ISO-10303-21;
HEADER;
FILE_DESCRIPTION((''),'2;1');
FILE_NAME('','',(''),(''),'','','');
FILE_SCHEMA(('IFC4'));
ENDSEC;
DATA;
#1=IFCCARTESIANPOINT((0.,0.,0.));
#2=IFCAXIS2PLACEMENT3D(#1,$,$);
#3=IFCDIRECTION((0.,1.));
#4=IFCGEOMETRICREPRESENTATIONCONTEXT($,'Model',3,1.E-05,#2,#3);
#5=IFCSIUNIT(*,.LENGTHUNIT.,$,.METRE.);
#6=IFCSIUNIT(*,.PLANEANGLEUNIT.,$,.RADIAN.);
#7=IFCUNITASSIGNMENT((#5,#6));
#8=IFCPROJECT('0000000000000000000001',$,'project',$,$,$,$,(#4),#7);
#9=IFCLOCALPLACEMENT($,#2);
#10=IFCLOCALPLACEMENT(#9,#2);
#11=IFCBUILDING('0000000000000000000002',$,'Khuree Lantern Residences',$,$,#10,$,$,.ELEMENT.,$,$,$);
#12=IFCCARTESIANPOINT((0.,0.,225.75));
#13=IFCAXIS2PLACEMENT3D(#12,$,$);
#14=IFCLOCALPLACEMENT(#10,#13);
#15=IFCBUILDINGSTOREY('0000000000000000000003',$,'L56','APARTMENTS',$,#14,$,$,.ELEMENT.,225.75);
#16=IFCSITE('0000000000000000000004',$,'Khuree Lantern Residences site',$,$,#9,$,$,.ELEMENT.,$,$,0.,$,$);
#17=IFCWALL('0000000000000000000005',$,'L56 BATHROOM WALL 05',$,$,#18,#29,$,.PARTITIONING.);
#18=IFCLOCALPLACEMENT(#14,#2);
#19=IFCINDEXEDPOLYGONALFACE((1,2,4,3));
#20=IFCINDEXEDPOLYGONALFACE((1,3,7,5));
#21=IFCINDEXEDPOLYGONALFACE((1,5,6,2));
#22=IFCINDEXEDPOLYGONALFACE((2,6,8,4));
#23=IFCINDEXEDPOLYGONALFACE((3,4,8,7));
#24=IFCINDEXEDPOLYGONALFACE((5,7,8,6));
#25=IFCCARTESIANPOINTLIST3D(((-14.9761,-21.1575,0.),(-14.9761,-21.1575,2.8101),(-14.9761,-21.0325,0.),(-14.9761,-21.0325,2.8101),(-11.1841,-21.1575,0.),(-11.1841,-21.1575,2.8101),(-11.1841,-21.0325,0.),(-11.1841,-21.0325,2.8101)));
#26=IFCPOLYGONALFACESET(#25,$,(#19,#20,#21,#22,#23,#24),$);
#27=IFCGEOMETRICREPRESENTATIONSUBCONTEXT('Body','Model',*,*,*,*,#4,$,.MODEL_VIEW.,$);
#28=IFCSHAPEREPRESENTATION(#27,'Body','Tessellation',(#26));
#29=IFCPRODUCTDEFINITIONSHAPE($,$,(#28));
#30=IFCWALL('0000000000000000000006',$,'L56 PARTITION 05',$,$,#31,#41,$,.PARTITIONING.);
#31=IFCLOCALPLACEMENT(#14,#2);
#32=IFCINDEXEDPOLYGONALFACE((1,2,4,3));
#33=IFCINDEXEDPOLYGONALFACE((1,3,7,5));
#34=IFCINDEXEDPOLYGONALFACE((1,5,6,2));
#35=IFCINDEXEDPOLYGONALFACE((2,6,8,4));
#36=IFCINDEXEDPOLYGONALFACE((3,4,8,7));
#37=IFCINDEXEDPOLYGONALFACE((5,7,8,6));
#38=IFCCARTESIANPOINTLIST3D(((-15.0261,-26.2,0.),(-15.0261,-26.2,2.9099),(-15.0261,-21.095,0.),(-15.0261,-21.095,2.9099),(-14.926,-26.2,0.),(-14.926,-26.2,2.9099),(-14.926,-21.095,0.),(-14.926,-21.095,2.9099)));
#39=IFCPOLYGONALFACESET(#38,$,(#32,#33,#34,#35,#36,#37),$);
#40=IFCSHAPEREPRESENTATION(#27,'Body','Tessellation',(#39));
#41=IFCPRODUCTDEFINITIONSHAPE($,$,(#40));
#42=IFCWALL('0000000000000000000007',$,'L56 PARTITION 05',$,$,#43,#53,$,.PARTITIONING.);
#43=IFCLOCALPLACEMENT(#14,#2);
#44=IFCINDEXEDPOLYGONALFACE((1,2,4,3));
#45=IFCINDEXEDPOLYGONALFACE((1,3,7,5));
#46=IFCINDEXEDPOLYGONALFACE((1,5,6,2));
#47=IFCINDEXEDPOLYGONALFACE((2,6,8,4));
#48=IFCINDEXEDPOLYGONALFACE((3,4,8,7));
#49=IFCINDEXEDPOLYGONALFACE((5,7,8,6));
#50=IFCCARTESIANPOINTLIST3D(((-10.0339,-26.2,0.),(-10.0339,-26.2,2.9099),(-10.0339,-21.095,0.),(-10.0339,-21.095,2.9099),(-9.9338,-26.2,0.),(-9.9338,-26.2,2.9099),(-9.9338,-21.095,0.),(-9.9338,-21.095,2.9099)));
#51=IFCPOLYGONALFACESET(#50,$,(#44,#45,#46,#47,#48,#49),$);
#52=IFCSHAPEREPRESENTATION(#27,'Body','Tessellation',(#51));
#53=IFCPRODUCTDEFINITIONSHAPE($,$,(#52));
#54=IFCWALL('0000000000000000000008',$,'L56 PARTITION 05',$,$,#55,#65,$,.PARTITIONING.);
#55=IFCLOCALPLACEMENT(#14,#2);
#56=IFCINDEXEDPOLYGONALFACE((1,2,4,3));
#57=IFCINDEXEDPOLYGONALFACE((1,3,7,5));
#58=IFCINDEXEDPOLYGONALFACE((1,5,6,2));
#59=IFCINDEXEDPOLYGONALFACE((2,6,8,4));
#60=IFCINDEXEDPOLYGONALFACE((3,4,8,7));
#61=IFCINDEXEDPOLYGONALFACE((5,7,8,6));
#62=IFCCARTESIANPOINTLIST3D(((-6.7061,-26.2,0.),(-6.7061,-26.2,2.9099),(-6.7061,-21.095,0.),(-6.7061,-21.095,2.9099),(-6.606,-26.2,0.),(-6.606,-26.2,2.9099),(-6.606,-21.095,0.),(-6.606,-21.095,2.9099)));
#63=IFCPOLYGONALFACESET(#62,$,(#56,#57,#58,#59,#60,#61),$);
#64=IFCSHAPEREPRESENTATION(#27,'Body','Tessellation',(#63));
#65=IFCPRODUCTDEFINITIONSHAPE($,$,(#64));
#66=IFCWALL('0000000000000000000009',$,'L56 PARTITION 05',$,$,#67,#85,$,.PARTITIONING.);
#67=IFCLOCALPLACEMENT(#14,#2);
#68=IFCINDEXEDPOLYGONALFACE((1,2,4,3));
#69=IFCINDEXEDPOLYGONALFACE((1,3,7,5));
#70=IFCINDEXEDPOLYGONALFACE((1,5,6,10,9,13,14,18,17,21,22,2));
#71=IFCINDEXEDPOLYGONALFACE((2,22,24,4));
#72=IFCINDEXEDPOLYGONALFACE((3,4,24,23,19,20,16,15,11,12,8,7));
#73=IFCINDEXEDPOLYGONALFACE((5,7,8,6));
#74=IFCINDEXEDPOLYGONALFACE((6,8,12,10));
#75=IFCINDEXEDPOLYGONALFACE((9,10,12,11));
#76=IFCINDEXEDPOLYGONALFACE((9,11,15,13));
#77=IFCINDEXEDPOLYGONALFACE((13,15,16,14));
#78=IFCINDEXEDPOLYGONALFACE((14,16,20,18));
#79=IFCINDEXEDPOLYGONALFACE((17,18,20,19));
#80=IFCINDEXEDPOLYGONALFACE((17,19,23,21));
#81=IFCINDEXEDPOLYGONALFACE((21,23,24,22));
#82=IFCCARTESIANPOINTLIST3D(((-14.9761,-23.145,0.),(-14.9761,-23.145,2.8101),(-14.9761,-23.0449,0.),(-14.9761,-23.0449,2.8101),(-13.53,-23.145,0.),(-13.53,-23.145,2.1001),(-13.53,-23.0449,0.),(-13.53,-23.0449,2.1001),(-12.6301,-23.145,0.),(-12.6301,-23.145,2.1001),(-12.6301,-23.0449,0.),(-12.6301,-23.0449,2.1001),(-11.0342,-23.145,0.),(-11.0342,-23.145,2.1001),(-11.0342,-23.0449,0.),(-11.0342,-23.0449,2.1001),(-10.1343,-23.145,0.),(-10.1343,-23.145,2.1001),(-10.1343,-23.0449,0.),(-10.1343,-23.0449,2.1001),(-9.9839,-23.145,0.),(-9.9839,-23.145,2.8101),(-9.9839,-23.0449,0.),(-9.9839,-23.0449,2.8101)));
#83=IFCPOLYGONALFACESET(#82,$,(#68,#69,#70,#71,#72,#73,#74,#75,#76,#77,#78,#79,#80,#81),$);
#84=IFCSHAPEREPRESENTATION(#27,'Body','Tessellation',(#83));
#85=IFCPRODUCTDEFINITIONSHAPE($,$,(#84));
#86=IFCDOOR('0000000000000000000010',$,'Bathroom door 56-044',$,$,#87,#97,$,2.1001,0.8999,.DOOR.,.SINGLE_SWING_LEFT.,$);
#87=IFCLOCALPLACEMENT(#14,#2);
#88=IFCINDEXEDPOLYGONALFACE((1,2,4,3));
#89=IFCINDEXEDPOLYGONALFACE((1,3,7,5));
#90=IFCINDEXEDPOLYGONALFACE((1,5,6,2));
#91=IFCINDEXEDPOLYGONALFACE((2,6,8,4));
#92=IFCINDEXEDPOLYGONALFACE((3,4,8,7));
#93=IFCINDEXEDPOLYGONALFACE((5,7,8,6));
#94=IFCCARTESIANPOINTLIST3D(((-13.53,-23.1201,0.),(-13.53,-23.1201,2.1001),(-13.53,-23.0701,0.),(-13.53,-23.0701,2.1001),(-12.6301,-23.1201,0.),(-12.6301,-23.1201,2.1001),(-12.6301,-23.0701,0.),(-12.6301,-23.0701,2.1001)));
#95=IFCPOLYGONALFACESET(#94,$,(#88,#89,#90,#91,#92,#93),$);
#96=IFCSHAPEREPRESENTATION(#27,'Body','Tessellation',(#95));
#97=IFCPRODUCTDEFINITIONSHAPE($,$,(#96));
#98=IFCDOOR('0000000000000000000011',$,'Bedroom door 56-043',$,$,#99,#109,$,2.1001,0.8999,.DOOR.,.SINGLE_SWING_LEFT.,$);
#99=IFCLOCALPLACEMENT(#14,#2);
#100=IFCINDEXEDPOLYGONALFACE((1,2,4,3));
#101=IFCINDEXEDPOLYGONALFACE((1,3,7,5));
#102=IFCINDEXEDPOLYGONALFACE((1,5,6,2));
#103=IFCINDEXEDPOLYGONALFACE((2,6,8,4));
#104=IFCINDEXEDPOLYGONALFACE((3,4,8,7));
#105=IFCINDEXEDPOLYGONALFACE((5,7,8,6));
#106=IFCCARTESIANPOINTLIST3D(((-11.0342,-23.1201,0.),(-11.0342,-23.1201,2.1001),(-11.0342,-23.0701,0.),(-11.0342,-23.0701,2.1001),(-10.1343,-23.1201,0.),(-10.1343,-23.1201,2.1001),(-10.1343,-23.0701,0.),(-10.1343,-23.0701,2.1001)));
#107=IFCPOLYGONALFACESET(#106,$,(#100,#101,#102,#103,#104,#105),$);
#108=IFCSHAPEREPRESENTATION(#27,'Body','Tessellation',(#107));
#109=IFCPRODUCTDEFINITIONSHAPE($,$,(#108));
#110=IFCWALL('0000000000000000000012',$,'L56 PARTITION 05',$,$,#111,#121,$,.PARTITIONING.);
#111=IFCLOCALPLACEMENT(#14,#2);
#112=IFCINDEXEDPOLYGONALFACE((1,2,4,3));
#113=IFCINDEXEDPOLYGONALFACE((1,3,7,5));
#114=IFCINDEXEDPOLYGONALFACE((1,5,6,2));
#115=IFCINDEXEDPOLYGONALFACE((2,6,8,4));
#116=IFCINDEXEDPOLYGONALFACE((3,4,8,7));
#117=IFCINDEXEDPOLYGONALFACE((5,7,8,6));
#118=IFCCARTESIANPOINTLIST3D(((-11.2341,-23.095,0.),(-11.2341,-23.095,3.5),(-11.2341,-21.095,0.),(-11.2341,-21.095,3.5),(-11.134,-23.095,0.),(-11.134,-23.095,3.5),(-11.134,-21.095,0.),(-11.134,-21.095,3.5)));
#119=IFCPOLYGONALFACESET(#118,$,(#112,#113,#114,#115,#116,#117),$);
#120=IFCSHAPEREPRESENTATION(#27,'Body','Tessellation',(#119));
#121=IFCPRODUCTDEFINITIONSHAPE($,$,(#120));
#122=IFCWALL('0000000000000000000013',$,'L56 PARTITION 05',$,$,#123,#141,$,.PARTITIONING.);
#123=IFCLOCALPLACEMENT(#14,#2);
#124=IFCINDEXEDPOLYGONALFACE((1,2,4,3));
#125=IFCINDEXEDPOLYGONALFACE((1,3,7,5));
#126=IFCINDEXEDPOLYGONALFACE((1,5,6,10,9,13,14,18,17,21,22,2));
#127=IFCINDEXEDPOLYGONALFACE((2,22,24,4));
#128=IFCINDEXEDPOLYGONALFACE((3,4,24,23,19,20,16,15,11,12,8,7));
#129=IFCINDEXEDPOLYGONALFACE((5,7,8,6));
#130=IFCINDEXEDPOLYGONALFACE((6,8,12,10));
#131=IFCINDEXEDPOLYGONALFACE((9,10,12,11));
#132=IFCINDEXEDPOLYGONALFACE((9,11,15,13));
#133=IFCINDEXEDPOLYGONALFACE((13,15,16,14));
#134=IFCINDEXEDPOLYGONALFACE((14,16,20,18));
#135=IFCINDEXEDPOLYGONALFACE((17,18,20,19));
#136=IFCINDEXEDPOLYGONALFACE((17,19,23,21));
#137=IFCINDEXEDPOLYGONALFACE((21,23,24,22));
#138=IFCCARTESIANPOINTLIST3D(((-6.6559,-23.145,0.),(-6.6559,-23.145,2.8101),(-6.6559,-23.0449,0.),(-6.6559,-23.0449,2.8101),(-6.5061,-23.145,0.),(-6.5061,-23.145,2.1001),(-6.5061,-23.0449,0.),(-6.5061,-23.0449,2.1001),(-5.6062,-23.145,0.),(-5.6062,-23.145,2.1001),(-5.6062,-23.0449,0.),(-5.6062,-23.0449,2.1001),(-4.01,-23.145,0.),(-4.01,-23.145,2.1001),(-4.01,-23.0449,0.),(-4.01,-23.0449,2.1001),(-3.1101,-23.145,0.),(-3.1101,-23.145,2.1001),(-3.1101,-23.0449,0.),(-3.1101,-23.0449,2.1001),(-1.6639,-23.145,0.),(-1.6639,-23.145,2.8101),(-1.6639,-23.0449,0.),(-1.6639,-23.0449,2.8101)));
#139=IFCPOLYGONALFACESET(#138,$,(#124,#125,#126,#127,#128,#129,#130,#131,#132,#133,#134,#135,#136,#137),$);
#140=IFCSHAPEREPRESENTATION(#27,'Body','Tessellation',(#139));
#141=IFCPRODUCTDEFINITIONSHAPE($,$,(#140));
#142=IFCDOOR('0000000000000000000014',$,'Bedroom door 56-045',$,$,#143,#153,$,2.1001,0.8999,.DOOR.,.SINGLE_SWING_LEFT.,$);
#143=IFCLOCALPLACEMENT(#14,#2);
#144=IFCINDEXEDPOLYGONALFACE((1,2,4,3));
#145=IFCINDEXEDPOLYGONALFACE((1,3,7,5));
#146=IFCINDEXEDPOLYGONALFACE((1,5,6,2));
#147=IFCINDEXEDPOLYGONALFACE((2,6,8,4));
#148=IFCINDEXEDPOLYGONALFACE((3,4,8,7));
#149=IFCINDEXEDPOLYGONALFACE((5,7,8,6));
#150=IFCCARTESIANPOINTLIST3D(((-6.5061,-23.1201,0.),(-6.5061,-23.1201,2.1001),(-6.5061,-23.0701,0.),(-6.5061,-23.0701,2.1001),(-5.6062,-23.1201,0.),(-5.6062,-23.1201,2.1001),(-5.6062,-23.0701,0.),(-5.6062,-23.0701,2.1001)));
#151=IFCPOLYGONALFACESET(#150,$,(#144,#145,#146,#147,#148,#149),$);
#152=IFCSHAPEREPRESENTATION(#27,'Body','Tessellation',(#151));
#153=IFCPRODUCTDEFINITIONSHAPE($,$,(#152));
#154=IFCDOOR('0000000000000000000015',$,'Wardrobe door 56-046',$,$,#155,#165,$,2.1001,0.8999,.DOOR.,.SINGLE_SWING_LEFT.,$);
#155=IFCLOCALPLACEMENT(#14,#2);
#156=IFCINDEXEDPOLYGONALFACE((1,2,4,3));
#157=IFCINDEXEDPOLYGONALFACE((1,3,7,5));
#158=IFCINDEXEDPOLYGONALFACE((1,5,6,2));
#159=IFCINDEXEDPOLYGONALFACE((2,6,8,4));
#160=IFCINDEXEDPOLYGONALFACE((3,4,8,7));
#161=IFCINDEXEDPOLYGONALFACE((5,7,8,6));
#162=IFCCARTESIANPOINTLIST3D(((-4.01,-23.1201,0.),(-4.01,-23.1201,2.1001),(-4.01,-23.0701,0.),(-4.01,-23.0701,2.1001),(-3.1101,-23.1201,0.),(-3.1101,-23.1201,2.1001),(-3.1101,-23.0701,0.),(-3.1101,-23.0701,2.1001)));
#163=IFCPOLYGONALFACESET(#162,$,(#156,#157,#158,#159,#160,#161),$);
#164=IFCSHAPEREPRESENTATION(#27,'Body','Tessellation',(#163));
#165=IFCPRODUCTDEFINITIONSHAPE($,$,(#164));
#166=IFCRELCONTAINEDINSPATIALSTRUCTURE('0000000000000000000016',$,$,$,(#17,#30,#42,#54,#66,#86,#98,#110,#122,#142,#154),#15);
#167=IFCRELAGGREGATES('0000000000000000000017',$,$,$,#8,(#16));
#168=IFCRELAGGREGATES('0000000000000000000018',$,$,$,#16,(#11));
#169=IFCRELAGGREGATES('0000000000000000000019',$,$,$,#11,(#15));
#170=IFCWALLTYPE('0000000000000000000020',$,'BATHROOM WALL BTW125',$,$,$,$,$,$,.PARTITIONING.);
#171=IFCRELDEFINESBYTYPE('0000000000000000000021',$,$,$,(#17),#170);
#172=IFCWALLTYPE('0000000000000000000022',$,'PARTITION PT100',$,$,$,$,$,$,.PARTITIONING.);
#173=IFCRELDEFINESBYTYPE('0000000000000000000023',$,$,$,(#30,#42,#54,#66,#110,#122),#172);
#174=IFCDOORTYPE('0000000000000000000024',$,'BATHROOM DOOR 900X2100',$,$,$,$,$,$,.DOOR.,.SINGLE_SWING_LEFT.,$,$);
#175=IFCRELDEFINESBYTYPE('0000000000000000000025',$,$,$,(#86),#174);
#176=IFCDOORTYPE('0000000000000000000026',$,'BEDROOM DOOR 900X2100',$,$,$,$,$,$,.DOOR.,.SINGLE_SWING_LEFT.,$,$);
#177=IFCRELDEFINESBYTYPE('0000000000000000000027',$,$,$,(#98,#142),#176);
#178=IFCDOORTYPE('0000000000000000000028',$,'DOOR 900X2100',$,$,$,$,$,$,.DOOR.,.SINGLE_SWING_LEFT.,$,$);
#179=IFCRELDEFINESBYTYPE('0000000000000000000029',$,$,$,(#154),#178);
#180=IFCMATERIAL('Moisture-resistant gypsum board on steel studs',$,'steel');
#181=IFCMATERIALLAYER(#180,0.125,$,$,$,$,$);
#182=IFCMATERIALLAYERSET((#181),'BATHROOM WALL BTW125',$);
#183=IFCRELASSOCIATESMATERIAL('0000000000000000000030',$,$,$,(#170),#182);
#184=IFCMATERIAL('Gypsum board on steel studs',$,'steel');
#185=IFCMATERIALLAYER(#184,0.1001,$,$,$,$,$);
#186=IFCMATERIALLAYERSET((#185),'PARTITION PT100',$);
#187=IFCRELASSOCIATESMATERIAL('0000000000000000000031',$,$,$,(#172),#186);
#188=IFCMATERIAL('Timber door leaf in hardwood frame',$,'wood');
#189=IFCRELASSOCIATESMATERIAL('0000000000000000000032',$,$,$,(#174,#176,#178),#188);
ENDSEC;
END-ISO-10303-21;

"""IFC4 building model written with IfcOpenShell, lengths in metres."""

from ifc_helpers import new_model, si_unit, direction, frame, frame_2d, origin, place, context, subcontext, project, spatial, rectangle, extrude, material, layer, layer_set, type_object, element, fill, save


model = new_model("IFC4")

# Units and contexts
model_context = context("Model", 3, precision=1e-05, world=origin(), true_north=direction((0.0, 1.0)))
body_context = subcontext(model_context, "Body", "Model", "MODEL_VIEW")
ifc_project = project(units=[si_unit("LENGTHUNIT", "METRE"), si_unit("PLANEANGLEUNIT", "RADIAN")], contexts=[model_context])

# Site, building, storey
site_placement = place(None, origin())
site = spatial("IfcSite", under=ifc_project, at=site_placement, Name="Khuree Lantern Residences site", CompositionType="ELEMENT", RefElevation=0.0)
building_placement = place(site_placement, origin())
building = spatial("IfcBuilding", under=site, at=building_placement, Name="Khuree Lantern Residences", CompositionType="ELEMENT")
storey_placement = place(building_placement, frame((0.0, 0.0, 225.75)))
storey = spatial("IfcBuildingStorey", under=building, at=storey_placement, Name="L56", Description="APARTMENTS", CompositionType="ELEMENT", Elevation=225.75)

# Walls
ifc_material_1 = material(Name="Moisture-resistant gypsum board on steel studs", Category="steel")
ifc_layer_1 = layer(ifc_material_1, 0.125)
ifc_layer_set_1 = layer_set([ifc_layer_1], Name="BATHROOM WALL BTW125")
wall_type_1 = type_object("IfcWallType", Name="BATHROOM WALL BTW125", PredefinedType="PARTITIONING", material=ifc_layer_set_1)
wall_1_placement = place(storey_placement, frame((-14.9761, -21.095, 0.0), z_axis=(0.0, 0.0, 1.0), x_axis=(1.0, 0.0, 0.0)))
element("IfcWall", 1, at=wall_1_placement, inside=storey, type_object=wall_type_1, Name="L56 BATHROOM WALL 05", PredefinedType="PARTITIONING", context=body_context, shape_type="SweptSolid", body=[
    extrude(rectangle(XDim=3.792, YDim=0.125, at=frame_2d((1.896, 0.0))), origin(), (0.0, 0.0, 1.0), 2.8101),
])
ifc_material_2 = material(Name="Gypsum board on steel studs", Category="steel")
ifc_layer_2 = layer(ifc_material_2, 0.1001)
ifc_layer_set_2 = layer_set([ifc_layer_2], Name="PARTITION PT100")
wall_type_2 = type_object("IfcWallType", Name="PARTITION PT100", PredefinedType="PARTITIONING", material=ifc_layer_set_2)
for number, where, z_axis, x_axis, name in (
    (2, (-14.9761, -21.095, 0.0), (0.0, 0.0, 1.0), (0.0, -1.0, 0.0), "L56 PARTITION 05"),
    (3, (-9.9839, -21.095, 0.0), (0.0, 0.0, 1.0), (0.0, -1.0, 0.0), "L56 PARTITION 05"),
    (4, (-6.656, -21.095, 0.0), (0.0, 0.0, 1.0), (0.0, -1.0, 0.0), "L56 PARTITION 05"),
):
    element("IfcWall", number, at=place(storey_placement, frame(where, z_axis=z_axis, x_axis=x_axis)), inside=storey, type_object=wall_type_2, Name=name, PredefinedType="PARTITIONING", context=body_context, shape_type="SweptSolid", body=[
        extrude(rectangle(XDim=5.105, YDim=0.1001, at=frame_2d((2.5525, 0.0))), origin(), (0.0, 0.0, 1.0), 2.9099),
    ])

# Wall, openings, doors
wall_2_placement = place(storey_placement, frame((-14.9761, -23.095, 0.0), z_axis=(0.0, 0.0, 1.0), x_axis=(1.0, 0.0, 0.0)))
wall_2 = element("IfcWall", 5, at=wall_2_placement, inside=storey, type_object=wall_type_2, Name="L56 PARTITION 05", PredefinedType="PARTITIONING", context=body_context, shape_type="SweptSolid", body=[
    extrude(rectangle(XDim=4.9922, YDim=0.1001, at=frame_2d((2.4961, 0.0))), origin(), (0.0, 0.0, 1.0), 2.8101),
])
opening_1_placement = place(wall_2_placement, frame((3.9419, 0.0, 0.0)))
opening_1 = element("IfcOpeningElement", 6, at=opening_1_placement, cuts=wall_2, PredefinedType="OPENING", context=body_context, shape_type="SweptSolid", body=[
    extrude(rectangle(XDim=0.8999, YDim=2.1001, at=frame_2d((0.45, 1.05))), frame((0.0, 0.0601, 0.0), z_axis=(0.0, -1.0, 0.0), x_axis=(1.0, 0.0, 0.0)), (0.0, 0.0, 1.0), 0.1201),
])
opening_2_placement = place(wall_2_placement, frame((1.446, 0.0, 0.0)))
opening_2 = element("IfcOpeningElement", 7, at=opening_2_placement, cuts=wall_2, PredefinedType="OPENING", context=body_context, shape_type="SweptSolid", body=[
    extrude(rectangle(XDim=0.8999, YDim=2.1001, at=frame_2d((0.45, 1.05))), frame((0.0, 0.0601, 0.0), z_axis=(0.0, -1.0, 0.0), x_axis=(1.0, 0.0, 0.0)), (0.0, 0.0, 1.0), 0.1201),
])
ifc_material_3 = material(Name="Timber door leaf in hardwood frame", Category="wood")
door_type_1 = type_object("IfcDoorType", Name="BATHROOM DOOR 900X2100", OperationType="SINGLE_SWING_LEFT", PredefinedType="DOOR", material=ifc_material_3)
door_1_placement = place(opening_2_placement, origin())
door_1 = element("IfcDoor", 8, at=door_1_placement, inside=storey, type_object=door_type_1, Name="Bathroom door 56-044", OperationType="SINGLE_SWING_LEFT", OverallHeight=2.1001, OverallWidth=0.8999, PredefinedType="DOOR", context=body_context, shape_type="SweptSolid", body=[
    extrude(rectangle(XDim=0.8999, YDim=2.1001, at=frame_2d((0.45, 1.05))), frame((0.0, 0.0249, 0.0), z_axis=(0.0, -1.0, 0.0), x_axis=(1.0, 0.0, 0.0)), (0.0, 0.0, 1.0), 0.05),
])
fill(opening_2, door_1)
door_type_2 = type_object("IfcDoorType", Name="BEDROOM DOOR 900X2100", OperationType="SINGLE_SWING_LEFT", PredefinedType="DOOR", material=ifc_material_3)
door_2_placement = place(opening_1_placement, origin())
door_2 = element("IfcDoor", 9, at=door_2_placement, inside=storey, type_object=door_type_2, Name="Bedroom door 56-043", OperationType="SINGLE_SWING_LEFT", OverallHeight=2.1001, OverallWidth=0.8999, PredefinedType="DOOR", context=body_context, shape_type="SweptSolid", body=[
    extrude(rectangle(XDim=0.8999, YDim=2.1001, at=frame_2d((0.45, 1.05))), frame((0.0, 0.0249, 0.0), z_axis=(0.0, -1.0, 0.0), x_axis=(1.0, 0.0, 0.0)), (0.0, 0.0, 1.0), 0.05),
])
fill(opening_1, door_2)

# Wall
wall_3_placement = place(storey_placement, frame((-11.1841, -21.095, 0.0), z_axis=(0.0, 0.0, 1.0), x_axis=(0.0, -1.0, 0.0)))
element("IfcWall", 10, at=wall_3_placement, inside=storey, type_object=wall_type_2, Name="L56 PARTITION 05", PredefinedType="PARTITIONING", context=body_context, shape_type="SweptSolid", body=[
    extrude(rectangle(XDim=2.0, YDim=0.1001, at=frame_2d((1.0, 0.0))), origin(), (0.0, 0.0, 1.0), 3.5),
])

# Wall, openings, doors
wall_4_placement = place(storey_placement, frame((-6.656, -23.095, 0.0), z_axis=(0.0, 0.0, 1.0), x_axis=(1.0, 0.0, 0.0)))
wall_4 = element("IfcWall", 11, at=wall_4_placement, inside=storey, type_object=wall_type_2, Name="L56 PARTITION 05", PredefinedType="PARTITIONING", context=body_context, shape_type="SweptSolid", body=[
    extrude(rectangle(XDim=4.9919, YDim=0.1001, at=frame_2d((2.4961, 0.0))), origin(), (0.0, 0.0, 1.0), 2.8101),
])
opening_3_placement = place(wall_4_placement, frame((0.1499, 0.0, 0.0)))
opening_3 = element("IfcOpeningElement", 12, at=opening_3_placement, cuts=wall_4, PredefinedType="OPENING", context=body_context, shape_type="SweptSolid", body=[
    extrude(rectangle(XDim=0.8999, YDim=2.1001, at=frame_2d((0.45, 1.05))), frame((0.0, 0.0601, 0.0), z_axis=(0.0, -1.0, 0.0), x_axis=(1.0, 0.0, 0.0)), (0.0, 0.0, 1.0), 0.1201),
])
opening_4_placement = place(wall_4_placement, frame((2.646, 0.0, 0.0)))
opening_4 = element("IfcOpeningElement", 13, at=opening_4_placement, cuts=wall_4, PredefinedType="OPENING", context=body_context, shape_type="SweptSolid", body=[
    extrude(rectangle(XDim=0.8999, YDim=2.1001, at=frame_2d((0.45, 1.05))), frame((0.0, 0.0601, 0.0), z_axis=(0.0, -1.0, 0.0), x_axis=(1.0, 0.0, 0.0)), (0.0, 0.0, 1.0), 0.1201),
])
door_3_placement = place(opening_3_placement, origin())
door_3 = element("IfcDoor", 14, at=door_3_placement, inside=storey, type_object=door_type_2, Name="Bedroom door 56-045", OperationType="SINGLE_SWING_LEFT", OverallHeight=2.1001, OverallWidth=0.8999, PredefinedType="DOOR", context=body_context, shape_type="SweptSolid", body=[
    extrude(rectangle(XDim=0.8999, YDim=2.1001, at=frame_2d((0.45, 1.05))), frame((0.0, 0.0249, 0.0), z_axis=(0.0, -1.0, 0.0), x_axis=(1.0, 0.0, 0.0)), (0.0, 0.0, 1.0), 0.05),
])
fill(opening_3, door_3)
door_type_3 = type_object("IfcDoorType", Name="DOOR 900X2100", OperationType="SINGLE_SWING_LEFT", PredefinedType="DOOR", material=ifc_material_3)
door_4_placement = place(opening_4_placement, origin())
door_4 = element("IfcDoor", 15, at=door_4_placement, inside=storey, type_object=door_type_3, Name="Wardrobe door 56-046", OperationType="SINGLE_SWING_LEFT", OverallHeight=2.1001, OverallWidth=0.8999, PredefinedType="DOOR", context=body_context, shape_type="SweptSolid", body=[
    extrude(rectangle(XDim=0.8999, YDim=2.1001, at=frame_2d((0.45, 1.05))), frame((0.0, 0.0249, 0.0), z_axis=(0.0, -1.0, 0.0), x_axis=(1.0, 0.0, 0.0)), (0.0, 0.0, 1.0), 0.05),
])
fill(opening_4, door_4)

save(model, "model.ifc")
